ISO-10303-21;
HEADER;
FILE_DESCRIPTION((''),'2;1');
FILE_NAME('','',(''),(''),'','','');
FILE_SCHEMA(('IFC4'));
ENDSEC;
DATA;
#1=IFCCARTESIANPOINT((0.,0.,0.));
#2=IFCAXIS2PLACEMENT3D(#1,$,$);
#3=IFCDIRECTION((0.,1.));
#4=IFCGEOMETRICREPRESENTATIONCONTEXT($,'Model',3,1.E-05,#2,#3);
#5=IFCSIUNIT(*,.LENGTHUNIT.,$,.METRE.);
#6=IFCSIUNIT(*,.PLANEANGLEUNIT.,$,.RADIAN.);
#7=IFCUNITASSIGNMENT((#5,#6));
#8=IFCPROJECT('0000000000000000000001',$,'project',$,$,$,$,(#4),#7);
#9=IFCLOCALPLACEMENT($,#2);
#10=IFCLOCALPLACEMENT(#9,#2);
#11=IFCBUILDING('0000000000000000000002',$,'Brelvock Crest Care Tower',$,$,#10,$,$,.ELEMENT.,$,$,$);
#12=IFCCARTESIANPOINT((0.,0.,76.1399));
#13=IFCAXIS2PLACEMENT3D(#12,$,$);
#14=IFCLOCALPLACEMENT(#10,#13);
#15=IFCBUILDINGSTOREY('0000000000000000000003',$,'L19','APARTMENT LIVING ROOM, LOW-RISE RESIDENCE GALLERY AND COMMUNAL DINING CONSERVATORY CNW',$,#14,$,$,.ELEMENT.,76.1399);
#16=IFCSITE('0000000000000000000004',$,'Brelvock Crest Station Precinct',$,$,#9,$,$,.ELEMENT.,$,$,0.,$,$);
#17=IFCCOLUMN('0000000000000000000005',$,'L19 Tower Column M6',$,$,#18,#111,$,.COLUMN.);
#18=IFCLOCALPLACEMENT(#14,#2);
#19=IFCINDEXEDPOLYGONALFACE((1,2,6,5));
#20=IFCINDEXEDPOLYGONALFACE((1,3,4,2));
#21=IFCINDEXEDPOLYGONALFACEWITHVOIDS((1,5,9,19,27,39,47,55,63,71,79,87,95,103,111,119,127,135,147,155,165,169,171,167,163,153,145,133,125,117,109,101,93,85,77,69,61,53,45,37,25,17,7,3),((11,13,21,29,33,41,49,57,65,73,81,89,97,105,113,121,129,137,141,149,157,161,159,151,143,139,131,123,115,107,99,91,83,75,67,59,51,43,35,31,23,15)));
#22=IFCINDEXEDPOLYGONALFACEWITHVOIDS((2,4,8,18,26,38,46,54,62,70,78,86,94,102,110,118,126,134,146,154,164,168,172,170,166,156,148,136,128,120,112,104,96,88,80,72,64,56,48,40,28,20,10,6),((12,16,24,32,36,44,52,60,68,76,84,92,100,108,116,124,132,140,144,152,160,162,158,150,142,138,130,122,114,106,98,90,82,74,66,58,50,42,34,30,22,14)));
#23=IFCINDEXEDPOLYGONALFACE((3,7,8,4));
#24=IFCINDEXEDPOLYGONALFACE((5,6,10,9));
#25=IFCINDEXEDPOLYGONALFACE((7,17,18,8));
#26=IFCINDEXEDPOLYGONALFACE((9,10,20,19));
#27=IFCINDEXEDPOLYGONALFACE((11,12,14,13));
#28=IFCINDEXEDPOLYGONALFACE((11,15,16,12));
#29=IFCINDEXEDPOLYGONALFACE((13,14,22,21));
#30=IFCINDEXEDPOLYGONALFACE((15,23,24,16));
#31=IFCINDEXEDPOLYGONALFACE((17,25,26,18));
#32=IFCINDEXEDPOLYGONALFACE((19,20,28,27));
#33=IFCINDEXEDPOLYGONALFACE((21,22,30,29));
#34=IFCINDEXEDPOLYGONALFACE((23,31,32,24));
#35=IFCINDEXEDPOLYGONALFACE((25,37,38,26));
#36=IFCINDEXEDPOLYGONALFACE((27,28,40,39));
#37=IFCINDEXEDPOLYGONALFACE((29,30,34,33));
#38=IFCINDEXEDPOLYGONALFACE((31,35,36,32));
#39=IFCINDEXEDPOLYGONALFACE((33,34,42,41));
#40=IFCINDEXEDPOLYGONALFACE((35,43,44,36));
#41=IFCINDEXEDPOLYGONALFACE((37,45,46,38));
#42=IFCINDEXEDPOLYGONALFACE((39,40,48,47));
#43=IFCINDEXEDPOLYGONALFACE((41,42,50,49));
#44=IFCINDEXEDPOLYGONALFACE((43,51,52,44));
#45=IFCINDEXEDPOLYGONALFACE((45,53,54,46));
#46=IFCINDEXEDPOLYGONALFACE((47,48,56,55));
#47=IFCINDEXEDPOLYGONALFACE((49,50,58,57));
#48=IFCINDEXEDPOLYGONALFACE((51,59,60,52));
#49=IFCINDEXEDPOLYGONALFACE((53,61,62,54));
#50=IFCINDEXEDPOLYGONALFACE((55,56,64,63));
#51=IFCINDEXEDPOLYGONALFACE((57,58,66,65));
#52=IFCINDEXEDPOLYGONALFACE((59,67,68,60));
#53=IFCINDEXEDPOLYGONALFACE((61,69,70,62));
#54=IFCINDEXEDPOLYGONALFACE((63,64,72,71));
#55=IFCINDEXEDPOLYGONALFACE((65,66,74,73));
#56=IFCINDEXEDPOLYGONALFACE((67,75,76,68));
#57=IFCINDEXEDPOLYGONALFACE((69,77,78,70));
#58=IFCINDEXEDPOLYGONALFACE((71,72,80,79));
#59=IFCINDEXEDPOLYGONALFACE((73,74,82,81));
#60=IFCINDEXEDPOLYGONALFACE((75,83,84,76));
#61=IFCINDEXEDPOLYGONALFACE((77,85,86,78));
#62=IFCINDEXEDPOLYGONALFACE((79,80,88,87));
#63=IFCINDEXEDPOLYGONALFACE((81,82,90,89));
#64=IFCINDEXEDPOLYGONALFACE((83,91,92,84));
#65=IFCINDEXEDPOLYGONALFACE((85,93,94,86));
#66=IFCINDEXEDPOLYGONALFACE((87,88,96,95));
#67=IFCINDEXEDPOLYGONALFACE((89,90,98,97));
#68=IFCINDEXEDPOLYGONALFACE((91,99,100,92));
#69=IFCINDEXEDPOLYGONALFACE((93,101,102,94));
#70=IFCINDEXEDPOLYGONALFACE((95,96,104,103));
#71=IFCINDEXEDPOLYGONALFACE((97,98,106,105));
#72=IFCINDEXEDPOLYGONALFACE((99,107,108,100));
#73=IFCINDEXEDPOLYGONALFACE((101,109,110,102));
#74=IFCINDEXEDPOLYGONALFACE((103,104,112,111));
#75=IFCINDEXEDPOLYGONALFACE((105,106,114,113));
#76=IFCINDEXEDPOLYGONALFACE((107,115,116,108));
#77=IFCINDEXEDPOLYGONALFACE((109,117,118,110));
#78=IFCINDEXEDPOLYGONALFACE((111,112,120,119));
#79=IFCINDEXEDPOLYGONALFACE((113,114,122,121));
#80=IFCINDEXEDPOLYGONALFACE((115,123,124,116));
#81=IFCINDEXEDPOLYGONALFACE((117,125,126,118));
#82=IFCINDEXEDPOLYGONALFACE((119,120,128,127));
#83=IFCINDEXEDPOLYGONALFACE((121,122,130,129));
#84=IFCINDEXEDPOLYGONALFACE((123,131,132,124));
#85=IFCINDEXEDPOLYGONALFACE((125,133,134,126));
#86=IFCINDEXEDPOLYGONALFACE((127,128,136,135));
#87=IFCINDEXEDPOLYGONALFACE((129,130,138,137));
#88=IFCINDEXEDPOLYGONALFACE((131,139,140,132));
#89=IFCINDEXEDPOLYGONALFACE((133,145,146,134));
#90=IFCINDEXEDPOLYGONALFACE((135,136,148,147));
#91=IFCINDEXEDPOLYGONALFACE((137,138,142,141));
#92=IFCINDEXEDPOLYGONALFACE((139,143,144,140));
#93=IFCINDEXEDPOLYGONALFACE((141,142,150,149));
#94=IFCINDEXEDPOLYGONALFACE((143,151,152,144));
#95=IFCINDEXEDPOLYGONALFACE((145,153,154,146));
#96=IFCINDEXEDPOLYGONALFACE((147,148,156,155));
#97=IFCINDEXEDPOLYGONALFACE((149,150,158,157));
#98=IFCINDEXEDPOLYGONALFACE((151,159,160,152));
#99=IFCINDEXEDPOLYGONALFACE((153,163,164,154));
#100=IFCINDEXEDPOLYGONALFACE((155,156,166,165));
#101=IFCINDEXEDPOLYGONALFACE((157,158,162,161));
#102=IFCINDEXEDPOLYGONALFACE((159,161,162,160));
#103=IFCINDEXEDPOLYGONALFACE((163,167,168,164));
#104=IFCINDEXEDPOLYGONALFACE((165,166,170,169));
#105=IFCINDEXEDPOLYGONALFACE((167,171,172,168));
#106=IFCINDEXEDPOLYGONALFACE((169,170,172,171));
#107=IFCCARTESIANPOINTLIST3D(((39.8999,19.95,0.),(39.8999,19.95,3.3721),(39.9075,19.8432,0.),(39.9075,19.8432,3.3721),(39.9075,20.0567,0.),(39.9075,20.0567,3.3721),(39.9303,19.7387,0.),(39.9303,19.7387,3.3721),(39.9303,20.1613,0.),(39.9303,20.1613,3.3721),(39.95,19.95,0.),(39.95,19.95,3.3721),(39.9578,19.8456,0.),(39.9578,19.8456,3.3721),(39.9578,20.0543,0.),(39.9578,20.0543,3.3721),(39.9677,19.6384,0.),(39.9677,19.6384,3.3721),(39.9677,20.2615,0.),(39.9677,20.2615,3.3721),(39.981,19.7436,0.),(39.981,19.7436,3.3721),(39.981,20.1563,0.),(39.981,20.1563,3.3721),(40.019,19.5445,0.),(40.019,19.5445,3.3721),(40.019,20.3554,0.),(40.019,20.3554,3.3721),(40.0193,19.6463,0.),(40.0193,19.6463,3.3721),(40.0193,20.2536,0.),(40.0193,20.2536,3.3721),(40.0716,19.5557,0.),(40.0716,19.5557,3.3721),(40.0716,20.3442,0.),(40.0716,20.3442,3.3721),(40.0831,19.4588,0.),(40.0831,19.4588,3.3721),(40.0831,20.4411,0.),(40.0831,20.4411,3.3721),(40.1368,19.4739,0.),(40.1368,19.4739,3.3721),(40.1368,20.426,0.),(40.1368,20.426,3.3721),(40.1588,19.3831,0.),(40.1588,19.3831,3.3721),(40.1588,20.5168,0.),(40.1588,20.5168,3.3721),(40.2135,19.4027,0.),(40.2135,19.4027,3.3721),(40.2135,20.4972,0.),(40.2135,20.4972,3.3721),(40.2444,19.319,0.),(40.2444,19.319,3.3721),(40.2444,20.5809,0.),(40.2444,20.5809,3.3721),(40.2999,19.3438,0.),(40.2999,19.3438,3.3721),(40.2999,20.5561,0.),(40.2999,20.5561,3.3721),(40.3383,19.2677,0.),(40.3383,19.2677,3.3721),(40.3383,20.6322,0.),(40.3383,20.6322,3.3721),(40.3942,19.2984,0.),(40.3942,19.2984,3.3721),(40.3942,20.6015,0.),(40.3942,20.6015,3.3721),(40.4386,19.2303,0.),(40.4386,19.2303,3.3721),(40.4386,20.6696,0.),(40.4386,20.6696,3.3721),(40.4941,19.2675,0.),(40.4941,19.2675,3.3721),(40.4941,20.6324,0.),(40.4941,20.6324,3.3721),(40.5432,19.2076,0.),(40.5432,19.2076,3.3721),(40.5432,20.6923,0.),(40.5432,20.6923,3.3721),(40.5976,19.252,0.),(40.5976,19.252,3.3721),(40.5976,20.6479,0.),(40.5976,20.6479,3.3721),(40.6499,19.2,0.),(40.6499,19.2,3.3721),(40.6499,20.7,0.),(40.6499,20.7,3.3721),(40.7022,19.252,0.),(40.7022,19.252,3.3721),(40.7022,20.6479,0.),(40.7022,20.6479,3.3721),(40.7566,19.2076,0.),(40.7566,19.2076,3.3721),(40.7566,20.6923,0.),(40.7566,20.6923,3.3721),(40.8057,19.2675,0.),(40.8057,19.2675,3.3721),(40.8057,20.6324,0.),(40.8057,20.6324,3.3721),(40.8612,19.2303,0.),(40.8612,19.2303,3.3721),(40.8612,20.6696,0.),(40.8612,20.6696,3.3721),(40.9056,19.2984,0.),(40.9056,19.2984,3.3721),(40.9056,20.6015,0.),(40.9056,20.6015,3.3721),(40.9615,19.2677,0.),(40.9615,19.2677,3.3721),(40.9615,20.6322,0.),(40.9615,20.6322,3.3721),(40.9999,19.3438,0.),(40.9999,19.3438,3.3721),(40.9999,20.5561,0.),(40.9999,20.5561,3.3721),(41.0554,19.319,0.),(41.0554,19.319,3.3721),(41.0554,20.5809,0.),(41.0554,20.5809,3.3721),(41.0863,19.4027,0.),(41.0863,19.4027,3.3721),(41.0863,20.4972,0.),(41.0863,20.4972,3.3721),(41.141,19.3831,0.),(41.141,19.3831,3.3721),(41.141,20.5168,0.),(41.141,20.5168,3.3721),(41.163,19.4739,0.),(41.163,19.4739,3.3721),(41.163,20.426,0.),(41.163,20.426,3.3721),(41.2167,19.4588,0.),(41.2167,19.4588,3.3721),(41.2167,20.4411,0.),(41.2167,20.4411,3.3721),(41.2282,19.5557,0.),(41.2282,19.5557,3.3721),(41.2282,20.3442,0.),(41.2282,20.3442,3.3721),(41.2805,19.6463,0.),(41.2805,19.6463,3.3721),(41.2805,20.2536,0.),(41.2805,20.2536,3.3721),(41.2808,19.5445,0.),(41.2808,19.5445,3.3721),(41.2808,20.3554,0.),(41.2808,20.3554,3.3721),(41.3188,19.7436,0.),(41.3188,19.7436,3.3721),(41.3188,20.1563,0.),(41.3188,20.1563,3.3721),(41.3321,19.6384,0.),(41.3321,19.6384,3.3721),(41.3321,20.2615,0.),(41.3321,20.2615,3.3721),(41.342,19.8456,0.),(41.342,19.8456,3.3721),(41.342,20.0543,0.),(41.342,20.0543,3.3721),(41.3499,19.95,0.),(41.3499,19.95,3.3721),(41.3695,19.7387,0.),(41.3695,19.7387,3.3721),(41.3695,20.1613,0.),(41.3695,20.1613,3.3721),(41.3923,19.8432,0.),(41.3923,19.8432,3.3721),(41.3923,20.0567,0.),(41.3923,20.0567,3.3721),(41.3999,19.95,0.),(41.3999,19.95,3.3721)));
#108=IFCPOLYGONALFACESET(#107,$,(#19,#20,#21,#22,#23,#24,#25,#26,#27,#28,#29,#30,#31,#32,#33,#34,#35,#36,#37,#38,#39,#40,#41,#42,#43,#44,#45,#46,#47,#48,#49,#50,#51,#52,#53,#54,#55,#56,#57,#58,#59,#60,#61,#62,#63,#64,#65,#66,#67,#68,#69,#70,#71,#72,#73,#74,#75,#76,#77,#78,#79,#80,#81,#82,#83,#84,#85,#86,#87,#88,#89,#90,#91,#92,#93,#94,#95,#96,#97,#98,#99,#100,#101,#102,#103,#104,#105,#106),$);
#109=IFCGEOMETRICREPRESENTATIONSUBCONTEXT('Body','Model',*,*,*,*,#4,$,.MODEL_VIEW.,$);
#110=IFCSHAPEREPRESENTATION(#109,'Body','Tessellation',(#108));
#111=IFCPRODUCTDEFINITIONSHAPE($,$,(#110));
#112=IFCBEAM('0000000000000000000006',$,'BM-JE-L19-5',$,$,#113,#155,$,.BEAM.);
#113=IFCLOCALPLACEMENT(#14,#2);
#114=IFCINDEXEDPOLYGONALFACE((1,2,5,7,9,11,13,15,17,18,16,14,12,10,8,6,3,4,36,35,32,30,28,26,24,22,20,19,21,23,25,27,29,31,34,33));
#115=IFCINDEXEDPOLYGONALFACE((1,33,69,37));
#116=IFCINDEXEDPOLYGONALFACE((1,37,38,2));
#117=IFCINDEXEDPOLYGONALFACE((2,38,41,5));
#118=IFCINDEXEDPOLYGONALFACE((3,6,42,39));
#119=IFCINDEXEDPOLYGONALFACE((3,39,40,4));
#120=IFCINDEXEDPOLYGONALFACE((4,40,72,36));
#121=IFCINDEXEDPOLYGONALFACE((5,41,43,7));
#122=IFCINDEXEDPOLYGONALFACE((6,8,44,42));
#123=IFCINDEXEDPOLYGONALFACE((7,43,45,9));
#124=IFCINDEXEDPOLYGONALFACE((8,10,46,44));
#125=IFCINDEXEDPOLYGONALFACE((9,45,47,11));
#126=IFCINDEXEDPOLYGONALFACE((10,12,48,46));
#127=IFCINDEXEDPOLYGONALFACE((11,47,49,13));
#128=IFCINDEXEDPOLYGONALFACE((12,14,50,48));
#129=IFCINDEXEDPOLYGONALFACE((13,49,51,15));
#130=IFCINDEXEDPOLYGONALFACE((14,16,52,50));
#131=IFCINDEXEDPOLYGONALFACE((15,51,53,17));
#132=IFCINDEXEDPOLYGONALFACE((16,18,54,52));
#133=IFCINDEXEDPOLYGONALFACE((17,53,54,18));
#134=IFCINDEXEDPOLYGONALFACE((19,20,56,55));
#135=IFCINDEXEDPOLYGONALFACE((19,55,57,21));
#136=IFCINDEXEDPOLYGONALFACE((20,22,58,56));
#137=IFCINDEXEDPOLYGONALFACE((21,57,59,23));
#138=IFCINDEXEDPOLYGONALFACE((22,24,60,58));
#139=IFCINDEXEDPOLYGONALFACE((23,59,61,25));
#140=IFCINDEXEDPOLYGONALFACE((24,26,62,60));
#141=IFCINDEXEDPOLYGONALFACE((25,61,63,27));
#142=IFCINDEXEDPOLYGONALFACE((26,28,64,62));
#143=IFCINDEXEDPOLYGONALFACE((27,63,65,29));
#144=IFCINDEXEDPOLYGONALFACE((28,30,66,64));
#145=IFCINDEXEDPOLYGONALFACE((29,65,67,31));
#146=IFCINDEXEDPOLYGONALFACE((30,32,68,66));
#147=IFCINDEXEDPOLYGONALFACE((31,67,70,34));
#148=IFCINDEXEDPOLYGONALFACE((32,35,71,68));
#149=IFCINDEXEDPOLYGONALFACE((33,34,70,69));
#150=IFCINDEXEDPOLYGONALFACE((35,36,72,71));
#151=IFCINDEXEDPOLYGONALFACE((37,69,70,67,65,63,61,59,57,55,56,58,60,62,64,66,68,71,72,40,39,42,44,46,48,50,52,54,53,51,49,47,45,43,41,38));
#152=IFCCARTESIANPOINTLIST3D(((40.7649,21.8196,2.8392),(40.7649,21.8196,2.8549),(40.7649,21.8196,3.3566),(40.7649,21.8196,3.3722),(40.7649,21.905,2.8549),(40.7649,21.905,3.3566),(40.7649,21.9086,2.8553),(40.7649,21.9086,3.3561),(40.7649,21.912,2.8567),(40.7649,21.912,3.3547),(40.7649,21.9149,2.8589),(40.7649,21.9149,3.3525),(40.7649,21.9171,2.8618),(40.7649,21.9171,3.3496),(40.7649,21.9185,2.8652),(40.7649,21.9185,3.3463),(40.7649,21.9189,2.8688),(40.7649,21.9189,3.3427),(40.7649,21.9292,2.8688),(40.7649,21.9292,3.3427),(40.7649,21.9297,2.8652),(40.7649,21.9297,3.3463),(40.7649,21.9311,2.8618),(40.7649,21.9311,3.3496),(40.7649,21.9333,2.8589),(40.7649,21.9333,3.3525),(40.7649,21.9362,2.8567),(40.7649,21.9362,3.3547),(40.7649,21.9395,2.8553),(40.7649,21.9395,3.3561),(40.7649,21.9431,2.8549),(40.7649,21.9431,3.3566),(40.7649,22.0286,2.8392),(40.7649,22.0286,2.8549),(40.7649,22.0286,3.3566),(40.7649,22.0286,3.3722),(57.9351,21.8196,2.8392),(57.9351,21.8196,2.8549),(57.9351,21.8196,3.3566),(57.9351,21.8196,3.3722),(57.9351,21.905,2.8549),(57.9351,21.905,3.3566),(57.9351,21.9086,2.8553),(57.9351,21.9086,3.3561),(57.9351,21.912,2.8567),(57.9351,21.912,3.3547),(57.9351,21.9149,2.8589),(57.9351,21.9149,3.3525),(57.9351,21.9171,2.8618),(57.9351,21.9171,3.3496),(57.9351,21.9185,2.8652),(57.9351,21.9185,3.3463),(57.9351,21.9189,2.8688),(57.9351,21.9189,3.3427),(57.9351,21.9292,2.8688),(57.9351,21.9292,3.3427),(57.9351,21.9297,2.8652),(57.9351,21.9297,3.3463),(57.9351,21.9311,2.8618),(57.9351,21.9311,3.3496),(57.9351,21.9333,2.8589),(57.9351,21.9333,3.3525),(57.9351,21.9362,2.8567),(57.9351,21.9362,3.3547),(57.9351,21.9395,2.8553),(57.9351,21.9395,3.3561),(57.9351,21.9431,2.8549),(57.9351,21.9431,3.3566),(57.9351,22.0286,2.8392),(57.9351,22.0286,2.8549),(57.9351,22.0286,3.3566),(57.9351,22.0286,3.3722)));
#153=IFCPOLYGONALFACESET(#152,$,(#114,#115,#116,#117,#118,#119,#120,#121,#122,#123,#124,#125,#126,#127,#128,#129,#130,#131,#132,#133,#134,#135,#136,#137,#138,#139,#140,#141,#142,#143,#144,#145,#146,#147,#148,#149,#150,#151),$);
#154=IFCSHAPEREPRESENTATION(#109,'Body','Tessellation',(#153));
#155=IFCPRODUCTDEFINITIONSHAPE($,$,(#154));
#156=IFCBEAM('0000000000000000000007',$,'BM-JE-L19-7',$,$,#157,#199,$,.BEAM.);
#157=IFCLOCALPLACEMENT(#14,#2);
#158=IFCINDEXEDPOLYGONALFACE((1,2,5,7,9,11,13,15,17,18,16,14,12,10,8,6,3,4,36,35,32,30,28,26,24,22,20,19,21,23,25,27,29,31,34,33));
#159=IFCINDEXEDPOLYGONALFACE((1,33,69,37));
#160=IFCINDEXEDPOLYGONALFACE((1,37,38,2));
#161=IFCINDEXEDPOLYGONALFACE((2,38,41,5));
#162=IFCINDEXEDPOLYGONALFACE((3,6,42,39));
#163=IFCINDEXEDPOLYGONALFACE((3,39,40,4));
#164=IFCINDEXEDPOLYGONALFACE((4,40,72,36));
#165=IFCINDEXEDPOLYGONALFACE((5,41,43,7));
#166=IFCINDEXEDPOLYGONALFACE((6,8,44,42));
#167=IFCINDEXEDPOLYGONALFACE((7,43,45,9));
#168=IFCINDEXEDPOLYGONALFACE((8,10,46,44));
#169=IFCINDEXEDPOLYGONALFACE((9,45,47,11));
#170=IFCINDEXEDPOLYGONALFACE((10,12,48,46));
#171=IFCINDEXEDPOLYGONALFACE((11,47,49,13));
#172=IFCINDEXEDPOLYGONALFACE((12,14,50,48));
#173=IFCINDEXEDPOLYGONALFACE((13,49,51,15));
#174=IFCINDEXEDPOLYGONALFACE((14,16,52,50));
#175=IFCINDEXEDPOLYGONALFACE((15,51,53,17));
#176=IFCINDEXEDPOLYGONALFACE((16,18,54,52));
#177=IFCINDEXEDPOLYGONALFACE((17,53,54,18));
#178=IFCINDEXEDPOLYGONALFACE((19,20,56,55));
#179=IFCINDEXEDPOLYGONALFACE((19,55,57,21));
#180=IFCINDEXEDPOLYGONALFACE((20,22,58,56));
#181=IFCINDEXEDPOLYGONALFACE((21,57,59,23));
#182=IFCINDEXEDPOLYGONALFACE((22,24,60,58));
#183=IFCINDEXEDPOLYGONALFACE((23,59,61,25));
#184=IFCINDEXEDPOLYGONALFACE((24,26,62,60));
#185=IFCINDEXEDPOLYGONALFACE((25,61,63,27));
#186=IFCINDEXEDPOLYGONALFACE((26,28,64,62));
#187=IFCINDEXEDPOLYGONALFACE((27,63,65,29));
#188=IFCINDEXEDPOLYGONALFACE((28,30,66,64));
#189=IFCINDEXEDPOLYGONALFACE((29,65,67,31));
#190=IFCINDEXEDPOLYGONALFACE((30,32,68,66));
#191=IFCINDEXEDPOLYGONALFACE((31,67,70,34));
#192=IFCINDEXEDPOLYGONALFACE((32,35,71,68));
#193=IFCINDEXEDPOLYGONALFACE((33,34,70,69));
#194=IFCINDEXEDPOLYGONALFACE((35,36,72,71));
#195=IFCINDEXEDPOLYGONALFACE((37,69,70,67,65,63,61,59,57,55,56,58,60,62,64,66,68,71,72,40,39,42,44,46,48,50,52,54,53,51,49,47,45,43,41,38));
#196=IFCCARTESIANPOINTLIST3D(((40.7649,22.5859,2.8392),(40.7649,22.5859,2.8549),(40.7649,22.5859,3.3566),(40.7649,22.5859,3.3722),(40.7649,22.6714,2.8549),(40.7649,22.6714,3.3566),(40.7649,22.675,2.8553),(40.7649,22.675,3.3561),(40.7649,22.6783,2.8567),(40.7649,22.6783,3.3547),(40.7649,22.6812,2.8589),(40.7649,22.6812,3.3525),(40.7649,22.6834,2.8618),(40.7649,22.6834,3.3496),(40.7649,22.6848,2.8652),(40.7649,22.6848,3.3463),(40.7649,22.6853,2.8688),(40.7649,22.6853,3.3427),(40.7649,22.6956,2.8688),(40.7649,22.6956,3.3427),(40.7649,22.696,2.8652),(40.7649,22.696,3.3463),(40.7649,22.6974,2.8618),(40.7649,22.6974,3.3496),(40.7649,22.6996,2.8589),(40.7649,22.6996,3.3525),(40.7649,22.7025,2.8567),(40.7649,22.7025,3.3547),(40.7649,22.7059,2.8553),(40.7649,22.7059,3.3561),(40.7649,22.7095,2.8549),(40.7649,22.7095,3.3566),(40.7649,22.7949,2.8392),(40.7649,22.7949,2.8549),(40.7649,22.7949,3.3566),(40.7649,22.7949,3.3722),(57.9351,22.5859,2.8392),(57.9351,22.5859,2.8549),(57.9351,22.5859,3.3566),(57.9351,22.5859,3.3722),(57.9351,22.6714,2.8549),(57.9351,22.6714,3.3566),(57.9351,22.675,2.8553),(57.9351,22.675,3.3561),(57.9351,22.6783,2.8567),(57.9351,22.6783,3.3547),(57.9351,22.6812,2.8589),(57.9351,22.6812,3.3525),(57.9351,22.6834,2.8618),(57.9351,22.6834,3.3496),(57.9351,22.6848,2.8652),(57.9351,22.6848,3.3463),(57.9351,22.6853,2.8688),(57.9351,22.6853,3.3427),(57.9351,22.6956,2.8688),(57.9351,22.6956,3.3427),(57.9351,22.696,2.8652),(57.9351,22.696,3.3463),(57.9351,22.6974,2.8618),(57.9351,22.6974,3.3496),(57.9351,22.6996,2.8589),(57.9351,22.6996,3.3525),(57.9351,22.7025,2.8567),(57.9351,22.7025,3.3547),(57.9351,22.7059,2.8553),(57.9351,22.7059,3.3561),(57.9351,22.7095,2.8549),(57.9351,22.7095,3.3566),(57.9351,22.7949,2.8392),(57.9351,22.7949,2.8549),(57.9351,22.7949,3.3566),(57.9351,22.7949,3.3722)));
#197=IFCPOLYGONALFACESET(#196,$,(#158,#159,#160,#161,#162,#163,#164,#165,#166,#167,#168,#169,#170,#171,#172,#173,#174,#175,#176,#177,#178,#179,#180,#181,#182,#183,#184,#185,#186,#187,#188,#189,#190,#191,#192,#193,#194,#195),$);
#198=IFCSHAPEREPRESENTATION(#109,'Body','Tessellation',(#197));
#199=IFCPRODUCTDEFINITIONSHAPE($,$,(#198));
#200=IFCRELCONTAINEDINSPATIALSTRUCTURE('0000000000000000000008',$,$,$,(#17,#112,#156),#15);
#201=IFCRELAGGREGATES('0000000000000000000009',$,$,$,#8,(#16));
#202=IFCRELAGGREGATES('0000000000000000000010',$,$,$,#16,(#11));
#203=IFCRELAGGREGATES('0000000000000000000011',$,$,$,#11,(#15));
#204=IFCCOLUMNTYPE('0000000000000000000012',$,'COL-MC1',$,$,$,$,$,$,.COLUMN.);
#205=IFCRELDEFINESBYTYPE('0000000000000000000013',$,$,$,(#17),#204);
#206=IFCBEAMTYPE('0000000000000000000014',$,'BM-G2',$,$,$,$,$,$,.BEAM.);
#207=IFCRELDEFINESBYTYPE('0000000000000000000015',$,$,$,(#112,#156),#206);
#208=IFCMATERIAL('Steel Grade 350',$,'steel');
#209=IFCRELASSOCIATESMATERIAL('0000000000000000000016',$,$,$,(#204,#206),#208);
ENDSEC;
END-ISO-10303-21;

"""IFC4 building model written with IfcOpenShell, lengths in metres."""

from ifc_helpers import new_model, si_unit, direction, frame, origin, origin_2d, place, context, subcontext, project, spatial, hollow_circle, i_section, extrude, source, transform, mapped, material, material_profile, profile_set, type_object, element, save


model = new_model("IFC4")

# Units and contexts
model_context = context("Model", 3, precision=1e-05, world=origin(), true_north=direction((0.0, 1.0)))
body_context = subcontext(model_context, "Body", "Model", "MODEL_VIEW")
ifc_project = project(units=[si_unit("LENGTHUNIT", "METRE"), si_unit("PLANEANGLEUNIT", "RADIAN")], contexts=[model_context])

# Site, building, storey
site_placement = place(None, origin())
site = spatial("IfcSite", under=ifc_project, at=site_placement, Name="Brelvock Crest Station Precinct", CompositionType="ELEMENT", RefElevation=0.0)
building_placement = place(site_placement, origin())
building = spatial("IfcBuilding", under=site, at=building_placement, Name="Brelvock Crest Care Tower", CompositionType="ELEMENT")
storey_placement = place(building_placement, frame((0.0, 0.0, 76.1399)))
storey = spatial("IfcBuildingStorey", under=building, at=storey_placement, Name="L19", Description="APARTMENT LIVING ROOM, LOW-RISE RESIDENCE GALLERY AND COMMUNAL DINING CONSERVATORY CNW", CompositionType="ELEMENT", Elevation=76.1399)

# Column
ifc_material_1 = material(Name="Steel Grade 350", Category="steel")
ifc_material_profile_1 = material_profile(ifc_material_1, hollow_circle(Radius=0.75, WallThickness=0.05, at=origin_2d()), Name="CFT1500x50")
ifc_profile_set_1 = profile_set([ifc_material_profile_1], Name="Steel Grade 350")
column_type = type_object("IfcColumnType", Name="COL-MC1", PredefinedType="COLUMN", material=ifc_profile_set_1)
shared_shape_1 = source(origin(), body_context, "Body", "SweptSolid", [
    extrude(hollow_circle(Radius=0.75, WallThickness=0.05, at=origin_2d()), origin(), (0.0, 0.0, 1.0), 3.3721),
])
column_placement = place(storey_placement, frame((40.6499, 19.95, 0.0), z_axis=(0.0, 0.0, 1.0), x_axis=(1.0, 0.0, 0.0)))
element("IfcColumn", 1, at=column_placement, inside=storey, type_object=column_type, Name="L19 Tower Column M6", PredefinedType="COLUMN", context=body_context, shape_type="MappedRepresentation", body=[
    mapped(shared_shape_1, transform((0.0, 0.0, 0.0), x_axis=(1.0, 0.0, 0.0), y_axis=(0.0, 1.0, 0.0), z_axis=(0.0, 0.0, 1.0), scale=1.0)),
])

# Beams
ifc_material_profile_2 = material_profile(ifc_material_1, i_section(OverallWidth=0.209, OverallDepth=0.533, WebThickness=0.0103, FlangeThickness=0.0156, FilletRadius=0.0139, at=origin_2d()), Name="530UB92.4")
ifc_profile_set_2 = profile_set([ifc_material_profile_2], Name="Steel Grade 350")
beam_type_1 = type_object("IfcBeamType", Name="BM-G2", PredefinedType="BEAM", material=ifc_profile_set_2)
shared_shape_2 = source(origin(), body_context, "Body", "SweptSolid", [
    extrude(i_section(OverallWidth=0.209, OverallDepth=0.533, WebThickness=0.0103, FlangeThickness=0.0156, FilletRadius=0.0139, at=origin_2d()), origin(), (0.0, 0.0, 1.0), 17.1702),
])
for number, where, z_axis, x_axis, name in (
    (2, (40.7649, 21.9241, 3.1057), (1.0, 0.0, 0.0), (0.0, 1.0, 0.0), "BM-JE-L19-5"),
    (3, (40.7649, 22.6904, 3.1057), (1.0, 0.0, 0.0), (0.0, 1.0, 0.0), "BM-JE-L19-7"),
):
    element("IfcBeam", number, at=place(storey_placement, frame(where, z_axis=z_axis, x_axis=x_axis)), inside=storey, type_object=beam_type_1, Name=name, PredefinedType="BEAM", context=body_context, shape_type="MappedRepresentation", body=[
        mapped(shared_shape_2, transform((0.0, 0.0, 0.0), x_axis=(1.0, 0.0, 0.0), y_axis=(0.0, 1.0, 0.0), z_axis=(0.0, 0.0, 1.0), scale=1.0)),
    ])

save(model, "model.ifc")
